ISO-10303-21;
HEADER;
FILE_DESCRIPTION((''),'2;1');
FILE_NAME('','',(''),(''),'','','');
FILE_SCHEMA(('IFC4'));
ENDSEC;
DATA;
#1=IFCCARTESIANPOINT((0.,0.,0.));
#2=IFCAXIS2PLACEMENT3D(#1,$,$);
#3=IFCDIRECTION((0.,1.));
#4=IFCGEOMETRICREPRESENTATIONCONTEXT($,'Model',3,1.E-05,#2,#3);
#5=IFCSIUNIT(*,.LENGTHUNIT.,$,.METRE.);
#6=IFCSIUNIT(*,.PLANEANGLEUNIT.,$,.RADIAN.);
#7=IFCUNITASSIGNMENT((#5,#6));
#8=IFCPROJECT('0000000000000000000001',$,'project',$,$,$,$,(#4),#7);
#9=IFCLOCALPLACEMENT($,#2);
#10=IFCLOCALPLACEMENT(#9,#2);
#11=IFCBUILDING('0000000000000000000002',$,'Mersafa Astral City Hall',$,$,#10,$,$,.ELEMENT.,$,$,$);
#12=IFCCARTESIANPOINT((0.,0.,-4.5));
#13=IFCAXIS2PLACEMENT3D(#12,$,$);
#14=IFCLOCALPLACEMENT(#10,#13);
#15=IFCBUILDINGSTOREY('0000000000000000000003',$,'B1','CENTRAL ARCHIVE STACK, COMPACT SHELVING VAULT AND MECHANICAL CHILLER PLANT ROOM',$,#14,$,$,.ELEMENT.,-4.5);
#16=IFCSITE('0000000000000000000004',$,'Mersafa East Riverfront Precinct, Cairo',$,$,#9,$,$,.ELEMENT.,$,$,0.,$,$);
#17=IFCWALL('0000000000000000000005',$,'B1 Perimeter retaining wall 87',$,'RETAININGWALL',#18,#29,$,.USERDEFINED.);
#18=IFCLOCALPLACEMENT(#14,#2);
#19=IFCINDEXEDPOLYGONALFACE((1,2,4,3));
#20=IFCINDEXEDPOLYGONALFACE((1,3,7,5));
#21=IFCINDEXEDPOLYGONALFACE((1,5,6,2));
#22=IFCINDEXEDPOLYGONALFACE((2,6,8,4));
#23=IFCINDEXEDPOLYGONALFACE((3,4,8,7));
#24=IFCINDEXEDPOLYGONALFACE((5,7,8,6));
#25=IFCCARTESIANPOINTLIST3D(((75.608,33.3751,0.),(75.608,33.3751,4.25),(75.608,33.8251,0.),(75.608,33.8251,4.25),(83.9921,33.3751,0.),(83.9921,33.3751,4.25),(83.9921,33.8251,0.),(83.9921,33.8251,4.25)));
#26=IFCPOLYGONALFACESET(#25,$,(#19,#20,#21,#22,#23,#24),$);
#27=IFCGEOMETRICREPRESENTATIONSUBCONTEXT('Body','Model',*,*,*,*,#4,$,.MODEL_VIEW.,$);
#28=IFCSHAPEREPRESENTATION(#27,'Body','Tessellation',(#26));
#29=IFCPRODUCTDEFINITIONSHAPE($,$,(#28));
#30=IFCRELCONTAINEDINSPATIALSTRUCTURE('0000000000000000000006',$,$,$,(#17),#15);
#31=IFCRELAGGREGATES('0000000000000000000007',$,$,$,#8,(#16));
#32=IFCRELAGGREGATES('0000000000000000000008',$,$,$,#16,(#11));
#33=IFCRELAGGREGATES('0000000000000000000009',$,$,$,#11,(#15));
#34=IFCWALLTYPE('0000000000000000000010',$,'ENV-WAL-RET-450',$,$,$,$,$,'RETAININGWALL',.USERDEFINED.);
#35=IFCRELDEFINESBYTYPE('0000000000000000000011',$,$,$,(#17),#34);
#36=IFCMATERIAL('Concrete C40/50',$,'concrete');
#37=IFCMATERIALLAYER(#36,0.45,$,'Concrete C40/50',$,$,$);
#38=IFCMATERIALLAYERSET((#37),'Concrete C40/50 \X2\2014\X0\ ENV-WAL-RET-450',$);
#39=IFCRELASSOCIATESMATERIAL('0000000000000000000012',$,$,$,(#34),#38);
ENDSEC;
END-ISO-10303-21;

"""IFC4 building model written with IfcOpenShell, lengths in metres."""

from ifc_helpers import new_model, si_unit, direction, frame, frame_2d, origin, place, context, subcontext, project, spatial, rectangle, extrude, material, layer, layer_set, type_object, element, save


model = new_model("IFC4")

# Units and contexts
model_context = context("Model", 3, precision=1e-05, world=origin(), true_north=direction((0.0, 1.0)))
body_context = subcontext(model_context, "Body", "Model", "MODEL_VIEW")
ifc_project = project(units=[si_unit("LENGTHUNIT", "METRE"), si_unit("PLANEANGLEUNIT", "RADIAN")], contexts=[model_context])

# Site, building, storey
site_placement = place(None, origin())
site = spatial("IfcSite", under=ifc_project, at=site_placement, Name="Mersafa East Riverfront Precinct, Cairo", CompositionType="ELEMENT", RefElevation=0.0)
building_placement = place(site_placement, origin())
building = spatial("IfcBuilding", under=site, at=building_placement, Name="Mersafa Astral City Hall", CompositionType="ELEMENT")
storey_placement = place(building_placement, frame((0.0, 0.0, -4.5)))
storey = spatial("IfcBuildingStorey", under=building, at=storey_placement, Name="B1", Description="CENTRAL ARCHIVE STACK, COMPACT SHELVING VAULT AND MECHANICAL CHILLER PLANT ROOM", CompositionType="ELEMENT", Elevation=-4.5)

# Shared definitions
ifc_material_1 = material(Name="Concrete C40/50", Category="concrete")

# Wall
ifc_layer_1 = layer(ifc_material_1, 0.45, Name="Concrete C40/50")
ifc_layer_set_1 = layer_set([ifc_layer_1], Name="Concrete C40/50 — ENV-WAL-RET-450")
wall_type = type_object("IfcWallType", Name="ENV-WAL-RET-450", ElementType="RETAININGWALL", PredefinedType="USERDEFINED", material=ifc_layer_set_1)
wall_placement = place(storey_placement, frame((83.9919, 33.6001, 0.0), z_axis=(0.0, 0.0, 1.0), x_axis=(-1.0, 0.0, 0.0)))
element("IfcWall", 1, at=wall_placement, inside=storey, type_object=wall_type, Name="B1 Perimeter retaining wall 87", ObjectType="RETAININGWALL", PredefinedType="USERDEFINED", context=body_context, shape_type="SweptSolid", body=[
    extrude(rectangle(XDim=8.384, YDim=0.45, at=frame_2d((4.1919, 0.0))), origin(), (0.0, 0.0, 1.0), 4.25),
])

save(model, "model.ifc")
